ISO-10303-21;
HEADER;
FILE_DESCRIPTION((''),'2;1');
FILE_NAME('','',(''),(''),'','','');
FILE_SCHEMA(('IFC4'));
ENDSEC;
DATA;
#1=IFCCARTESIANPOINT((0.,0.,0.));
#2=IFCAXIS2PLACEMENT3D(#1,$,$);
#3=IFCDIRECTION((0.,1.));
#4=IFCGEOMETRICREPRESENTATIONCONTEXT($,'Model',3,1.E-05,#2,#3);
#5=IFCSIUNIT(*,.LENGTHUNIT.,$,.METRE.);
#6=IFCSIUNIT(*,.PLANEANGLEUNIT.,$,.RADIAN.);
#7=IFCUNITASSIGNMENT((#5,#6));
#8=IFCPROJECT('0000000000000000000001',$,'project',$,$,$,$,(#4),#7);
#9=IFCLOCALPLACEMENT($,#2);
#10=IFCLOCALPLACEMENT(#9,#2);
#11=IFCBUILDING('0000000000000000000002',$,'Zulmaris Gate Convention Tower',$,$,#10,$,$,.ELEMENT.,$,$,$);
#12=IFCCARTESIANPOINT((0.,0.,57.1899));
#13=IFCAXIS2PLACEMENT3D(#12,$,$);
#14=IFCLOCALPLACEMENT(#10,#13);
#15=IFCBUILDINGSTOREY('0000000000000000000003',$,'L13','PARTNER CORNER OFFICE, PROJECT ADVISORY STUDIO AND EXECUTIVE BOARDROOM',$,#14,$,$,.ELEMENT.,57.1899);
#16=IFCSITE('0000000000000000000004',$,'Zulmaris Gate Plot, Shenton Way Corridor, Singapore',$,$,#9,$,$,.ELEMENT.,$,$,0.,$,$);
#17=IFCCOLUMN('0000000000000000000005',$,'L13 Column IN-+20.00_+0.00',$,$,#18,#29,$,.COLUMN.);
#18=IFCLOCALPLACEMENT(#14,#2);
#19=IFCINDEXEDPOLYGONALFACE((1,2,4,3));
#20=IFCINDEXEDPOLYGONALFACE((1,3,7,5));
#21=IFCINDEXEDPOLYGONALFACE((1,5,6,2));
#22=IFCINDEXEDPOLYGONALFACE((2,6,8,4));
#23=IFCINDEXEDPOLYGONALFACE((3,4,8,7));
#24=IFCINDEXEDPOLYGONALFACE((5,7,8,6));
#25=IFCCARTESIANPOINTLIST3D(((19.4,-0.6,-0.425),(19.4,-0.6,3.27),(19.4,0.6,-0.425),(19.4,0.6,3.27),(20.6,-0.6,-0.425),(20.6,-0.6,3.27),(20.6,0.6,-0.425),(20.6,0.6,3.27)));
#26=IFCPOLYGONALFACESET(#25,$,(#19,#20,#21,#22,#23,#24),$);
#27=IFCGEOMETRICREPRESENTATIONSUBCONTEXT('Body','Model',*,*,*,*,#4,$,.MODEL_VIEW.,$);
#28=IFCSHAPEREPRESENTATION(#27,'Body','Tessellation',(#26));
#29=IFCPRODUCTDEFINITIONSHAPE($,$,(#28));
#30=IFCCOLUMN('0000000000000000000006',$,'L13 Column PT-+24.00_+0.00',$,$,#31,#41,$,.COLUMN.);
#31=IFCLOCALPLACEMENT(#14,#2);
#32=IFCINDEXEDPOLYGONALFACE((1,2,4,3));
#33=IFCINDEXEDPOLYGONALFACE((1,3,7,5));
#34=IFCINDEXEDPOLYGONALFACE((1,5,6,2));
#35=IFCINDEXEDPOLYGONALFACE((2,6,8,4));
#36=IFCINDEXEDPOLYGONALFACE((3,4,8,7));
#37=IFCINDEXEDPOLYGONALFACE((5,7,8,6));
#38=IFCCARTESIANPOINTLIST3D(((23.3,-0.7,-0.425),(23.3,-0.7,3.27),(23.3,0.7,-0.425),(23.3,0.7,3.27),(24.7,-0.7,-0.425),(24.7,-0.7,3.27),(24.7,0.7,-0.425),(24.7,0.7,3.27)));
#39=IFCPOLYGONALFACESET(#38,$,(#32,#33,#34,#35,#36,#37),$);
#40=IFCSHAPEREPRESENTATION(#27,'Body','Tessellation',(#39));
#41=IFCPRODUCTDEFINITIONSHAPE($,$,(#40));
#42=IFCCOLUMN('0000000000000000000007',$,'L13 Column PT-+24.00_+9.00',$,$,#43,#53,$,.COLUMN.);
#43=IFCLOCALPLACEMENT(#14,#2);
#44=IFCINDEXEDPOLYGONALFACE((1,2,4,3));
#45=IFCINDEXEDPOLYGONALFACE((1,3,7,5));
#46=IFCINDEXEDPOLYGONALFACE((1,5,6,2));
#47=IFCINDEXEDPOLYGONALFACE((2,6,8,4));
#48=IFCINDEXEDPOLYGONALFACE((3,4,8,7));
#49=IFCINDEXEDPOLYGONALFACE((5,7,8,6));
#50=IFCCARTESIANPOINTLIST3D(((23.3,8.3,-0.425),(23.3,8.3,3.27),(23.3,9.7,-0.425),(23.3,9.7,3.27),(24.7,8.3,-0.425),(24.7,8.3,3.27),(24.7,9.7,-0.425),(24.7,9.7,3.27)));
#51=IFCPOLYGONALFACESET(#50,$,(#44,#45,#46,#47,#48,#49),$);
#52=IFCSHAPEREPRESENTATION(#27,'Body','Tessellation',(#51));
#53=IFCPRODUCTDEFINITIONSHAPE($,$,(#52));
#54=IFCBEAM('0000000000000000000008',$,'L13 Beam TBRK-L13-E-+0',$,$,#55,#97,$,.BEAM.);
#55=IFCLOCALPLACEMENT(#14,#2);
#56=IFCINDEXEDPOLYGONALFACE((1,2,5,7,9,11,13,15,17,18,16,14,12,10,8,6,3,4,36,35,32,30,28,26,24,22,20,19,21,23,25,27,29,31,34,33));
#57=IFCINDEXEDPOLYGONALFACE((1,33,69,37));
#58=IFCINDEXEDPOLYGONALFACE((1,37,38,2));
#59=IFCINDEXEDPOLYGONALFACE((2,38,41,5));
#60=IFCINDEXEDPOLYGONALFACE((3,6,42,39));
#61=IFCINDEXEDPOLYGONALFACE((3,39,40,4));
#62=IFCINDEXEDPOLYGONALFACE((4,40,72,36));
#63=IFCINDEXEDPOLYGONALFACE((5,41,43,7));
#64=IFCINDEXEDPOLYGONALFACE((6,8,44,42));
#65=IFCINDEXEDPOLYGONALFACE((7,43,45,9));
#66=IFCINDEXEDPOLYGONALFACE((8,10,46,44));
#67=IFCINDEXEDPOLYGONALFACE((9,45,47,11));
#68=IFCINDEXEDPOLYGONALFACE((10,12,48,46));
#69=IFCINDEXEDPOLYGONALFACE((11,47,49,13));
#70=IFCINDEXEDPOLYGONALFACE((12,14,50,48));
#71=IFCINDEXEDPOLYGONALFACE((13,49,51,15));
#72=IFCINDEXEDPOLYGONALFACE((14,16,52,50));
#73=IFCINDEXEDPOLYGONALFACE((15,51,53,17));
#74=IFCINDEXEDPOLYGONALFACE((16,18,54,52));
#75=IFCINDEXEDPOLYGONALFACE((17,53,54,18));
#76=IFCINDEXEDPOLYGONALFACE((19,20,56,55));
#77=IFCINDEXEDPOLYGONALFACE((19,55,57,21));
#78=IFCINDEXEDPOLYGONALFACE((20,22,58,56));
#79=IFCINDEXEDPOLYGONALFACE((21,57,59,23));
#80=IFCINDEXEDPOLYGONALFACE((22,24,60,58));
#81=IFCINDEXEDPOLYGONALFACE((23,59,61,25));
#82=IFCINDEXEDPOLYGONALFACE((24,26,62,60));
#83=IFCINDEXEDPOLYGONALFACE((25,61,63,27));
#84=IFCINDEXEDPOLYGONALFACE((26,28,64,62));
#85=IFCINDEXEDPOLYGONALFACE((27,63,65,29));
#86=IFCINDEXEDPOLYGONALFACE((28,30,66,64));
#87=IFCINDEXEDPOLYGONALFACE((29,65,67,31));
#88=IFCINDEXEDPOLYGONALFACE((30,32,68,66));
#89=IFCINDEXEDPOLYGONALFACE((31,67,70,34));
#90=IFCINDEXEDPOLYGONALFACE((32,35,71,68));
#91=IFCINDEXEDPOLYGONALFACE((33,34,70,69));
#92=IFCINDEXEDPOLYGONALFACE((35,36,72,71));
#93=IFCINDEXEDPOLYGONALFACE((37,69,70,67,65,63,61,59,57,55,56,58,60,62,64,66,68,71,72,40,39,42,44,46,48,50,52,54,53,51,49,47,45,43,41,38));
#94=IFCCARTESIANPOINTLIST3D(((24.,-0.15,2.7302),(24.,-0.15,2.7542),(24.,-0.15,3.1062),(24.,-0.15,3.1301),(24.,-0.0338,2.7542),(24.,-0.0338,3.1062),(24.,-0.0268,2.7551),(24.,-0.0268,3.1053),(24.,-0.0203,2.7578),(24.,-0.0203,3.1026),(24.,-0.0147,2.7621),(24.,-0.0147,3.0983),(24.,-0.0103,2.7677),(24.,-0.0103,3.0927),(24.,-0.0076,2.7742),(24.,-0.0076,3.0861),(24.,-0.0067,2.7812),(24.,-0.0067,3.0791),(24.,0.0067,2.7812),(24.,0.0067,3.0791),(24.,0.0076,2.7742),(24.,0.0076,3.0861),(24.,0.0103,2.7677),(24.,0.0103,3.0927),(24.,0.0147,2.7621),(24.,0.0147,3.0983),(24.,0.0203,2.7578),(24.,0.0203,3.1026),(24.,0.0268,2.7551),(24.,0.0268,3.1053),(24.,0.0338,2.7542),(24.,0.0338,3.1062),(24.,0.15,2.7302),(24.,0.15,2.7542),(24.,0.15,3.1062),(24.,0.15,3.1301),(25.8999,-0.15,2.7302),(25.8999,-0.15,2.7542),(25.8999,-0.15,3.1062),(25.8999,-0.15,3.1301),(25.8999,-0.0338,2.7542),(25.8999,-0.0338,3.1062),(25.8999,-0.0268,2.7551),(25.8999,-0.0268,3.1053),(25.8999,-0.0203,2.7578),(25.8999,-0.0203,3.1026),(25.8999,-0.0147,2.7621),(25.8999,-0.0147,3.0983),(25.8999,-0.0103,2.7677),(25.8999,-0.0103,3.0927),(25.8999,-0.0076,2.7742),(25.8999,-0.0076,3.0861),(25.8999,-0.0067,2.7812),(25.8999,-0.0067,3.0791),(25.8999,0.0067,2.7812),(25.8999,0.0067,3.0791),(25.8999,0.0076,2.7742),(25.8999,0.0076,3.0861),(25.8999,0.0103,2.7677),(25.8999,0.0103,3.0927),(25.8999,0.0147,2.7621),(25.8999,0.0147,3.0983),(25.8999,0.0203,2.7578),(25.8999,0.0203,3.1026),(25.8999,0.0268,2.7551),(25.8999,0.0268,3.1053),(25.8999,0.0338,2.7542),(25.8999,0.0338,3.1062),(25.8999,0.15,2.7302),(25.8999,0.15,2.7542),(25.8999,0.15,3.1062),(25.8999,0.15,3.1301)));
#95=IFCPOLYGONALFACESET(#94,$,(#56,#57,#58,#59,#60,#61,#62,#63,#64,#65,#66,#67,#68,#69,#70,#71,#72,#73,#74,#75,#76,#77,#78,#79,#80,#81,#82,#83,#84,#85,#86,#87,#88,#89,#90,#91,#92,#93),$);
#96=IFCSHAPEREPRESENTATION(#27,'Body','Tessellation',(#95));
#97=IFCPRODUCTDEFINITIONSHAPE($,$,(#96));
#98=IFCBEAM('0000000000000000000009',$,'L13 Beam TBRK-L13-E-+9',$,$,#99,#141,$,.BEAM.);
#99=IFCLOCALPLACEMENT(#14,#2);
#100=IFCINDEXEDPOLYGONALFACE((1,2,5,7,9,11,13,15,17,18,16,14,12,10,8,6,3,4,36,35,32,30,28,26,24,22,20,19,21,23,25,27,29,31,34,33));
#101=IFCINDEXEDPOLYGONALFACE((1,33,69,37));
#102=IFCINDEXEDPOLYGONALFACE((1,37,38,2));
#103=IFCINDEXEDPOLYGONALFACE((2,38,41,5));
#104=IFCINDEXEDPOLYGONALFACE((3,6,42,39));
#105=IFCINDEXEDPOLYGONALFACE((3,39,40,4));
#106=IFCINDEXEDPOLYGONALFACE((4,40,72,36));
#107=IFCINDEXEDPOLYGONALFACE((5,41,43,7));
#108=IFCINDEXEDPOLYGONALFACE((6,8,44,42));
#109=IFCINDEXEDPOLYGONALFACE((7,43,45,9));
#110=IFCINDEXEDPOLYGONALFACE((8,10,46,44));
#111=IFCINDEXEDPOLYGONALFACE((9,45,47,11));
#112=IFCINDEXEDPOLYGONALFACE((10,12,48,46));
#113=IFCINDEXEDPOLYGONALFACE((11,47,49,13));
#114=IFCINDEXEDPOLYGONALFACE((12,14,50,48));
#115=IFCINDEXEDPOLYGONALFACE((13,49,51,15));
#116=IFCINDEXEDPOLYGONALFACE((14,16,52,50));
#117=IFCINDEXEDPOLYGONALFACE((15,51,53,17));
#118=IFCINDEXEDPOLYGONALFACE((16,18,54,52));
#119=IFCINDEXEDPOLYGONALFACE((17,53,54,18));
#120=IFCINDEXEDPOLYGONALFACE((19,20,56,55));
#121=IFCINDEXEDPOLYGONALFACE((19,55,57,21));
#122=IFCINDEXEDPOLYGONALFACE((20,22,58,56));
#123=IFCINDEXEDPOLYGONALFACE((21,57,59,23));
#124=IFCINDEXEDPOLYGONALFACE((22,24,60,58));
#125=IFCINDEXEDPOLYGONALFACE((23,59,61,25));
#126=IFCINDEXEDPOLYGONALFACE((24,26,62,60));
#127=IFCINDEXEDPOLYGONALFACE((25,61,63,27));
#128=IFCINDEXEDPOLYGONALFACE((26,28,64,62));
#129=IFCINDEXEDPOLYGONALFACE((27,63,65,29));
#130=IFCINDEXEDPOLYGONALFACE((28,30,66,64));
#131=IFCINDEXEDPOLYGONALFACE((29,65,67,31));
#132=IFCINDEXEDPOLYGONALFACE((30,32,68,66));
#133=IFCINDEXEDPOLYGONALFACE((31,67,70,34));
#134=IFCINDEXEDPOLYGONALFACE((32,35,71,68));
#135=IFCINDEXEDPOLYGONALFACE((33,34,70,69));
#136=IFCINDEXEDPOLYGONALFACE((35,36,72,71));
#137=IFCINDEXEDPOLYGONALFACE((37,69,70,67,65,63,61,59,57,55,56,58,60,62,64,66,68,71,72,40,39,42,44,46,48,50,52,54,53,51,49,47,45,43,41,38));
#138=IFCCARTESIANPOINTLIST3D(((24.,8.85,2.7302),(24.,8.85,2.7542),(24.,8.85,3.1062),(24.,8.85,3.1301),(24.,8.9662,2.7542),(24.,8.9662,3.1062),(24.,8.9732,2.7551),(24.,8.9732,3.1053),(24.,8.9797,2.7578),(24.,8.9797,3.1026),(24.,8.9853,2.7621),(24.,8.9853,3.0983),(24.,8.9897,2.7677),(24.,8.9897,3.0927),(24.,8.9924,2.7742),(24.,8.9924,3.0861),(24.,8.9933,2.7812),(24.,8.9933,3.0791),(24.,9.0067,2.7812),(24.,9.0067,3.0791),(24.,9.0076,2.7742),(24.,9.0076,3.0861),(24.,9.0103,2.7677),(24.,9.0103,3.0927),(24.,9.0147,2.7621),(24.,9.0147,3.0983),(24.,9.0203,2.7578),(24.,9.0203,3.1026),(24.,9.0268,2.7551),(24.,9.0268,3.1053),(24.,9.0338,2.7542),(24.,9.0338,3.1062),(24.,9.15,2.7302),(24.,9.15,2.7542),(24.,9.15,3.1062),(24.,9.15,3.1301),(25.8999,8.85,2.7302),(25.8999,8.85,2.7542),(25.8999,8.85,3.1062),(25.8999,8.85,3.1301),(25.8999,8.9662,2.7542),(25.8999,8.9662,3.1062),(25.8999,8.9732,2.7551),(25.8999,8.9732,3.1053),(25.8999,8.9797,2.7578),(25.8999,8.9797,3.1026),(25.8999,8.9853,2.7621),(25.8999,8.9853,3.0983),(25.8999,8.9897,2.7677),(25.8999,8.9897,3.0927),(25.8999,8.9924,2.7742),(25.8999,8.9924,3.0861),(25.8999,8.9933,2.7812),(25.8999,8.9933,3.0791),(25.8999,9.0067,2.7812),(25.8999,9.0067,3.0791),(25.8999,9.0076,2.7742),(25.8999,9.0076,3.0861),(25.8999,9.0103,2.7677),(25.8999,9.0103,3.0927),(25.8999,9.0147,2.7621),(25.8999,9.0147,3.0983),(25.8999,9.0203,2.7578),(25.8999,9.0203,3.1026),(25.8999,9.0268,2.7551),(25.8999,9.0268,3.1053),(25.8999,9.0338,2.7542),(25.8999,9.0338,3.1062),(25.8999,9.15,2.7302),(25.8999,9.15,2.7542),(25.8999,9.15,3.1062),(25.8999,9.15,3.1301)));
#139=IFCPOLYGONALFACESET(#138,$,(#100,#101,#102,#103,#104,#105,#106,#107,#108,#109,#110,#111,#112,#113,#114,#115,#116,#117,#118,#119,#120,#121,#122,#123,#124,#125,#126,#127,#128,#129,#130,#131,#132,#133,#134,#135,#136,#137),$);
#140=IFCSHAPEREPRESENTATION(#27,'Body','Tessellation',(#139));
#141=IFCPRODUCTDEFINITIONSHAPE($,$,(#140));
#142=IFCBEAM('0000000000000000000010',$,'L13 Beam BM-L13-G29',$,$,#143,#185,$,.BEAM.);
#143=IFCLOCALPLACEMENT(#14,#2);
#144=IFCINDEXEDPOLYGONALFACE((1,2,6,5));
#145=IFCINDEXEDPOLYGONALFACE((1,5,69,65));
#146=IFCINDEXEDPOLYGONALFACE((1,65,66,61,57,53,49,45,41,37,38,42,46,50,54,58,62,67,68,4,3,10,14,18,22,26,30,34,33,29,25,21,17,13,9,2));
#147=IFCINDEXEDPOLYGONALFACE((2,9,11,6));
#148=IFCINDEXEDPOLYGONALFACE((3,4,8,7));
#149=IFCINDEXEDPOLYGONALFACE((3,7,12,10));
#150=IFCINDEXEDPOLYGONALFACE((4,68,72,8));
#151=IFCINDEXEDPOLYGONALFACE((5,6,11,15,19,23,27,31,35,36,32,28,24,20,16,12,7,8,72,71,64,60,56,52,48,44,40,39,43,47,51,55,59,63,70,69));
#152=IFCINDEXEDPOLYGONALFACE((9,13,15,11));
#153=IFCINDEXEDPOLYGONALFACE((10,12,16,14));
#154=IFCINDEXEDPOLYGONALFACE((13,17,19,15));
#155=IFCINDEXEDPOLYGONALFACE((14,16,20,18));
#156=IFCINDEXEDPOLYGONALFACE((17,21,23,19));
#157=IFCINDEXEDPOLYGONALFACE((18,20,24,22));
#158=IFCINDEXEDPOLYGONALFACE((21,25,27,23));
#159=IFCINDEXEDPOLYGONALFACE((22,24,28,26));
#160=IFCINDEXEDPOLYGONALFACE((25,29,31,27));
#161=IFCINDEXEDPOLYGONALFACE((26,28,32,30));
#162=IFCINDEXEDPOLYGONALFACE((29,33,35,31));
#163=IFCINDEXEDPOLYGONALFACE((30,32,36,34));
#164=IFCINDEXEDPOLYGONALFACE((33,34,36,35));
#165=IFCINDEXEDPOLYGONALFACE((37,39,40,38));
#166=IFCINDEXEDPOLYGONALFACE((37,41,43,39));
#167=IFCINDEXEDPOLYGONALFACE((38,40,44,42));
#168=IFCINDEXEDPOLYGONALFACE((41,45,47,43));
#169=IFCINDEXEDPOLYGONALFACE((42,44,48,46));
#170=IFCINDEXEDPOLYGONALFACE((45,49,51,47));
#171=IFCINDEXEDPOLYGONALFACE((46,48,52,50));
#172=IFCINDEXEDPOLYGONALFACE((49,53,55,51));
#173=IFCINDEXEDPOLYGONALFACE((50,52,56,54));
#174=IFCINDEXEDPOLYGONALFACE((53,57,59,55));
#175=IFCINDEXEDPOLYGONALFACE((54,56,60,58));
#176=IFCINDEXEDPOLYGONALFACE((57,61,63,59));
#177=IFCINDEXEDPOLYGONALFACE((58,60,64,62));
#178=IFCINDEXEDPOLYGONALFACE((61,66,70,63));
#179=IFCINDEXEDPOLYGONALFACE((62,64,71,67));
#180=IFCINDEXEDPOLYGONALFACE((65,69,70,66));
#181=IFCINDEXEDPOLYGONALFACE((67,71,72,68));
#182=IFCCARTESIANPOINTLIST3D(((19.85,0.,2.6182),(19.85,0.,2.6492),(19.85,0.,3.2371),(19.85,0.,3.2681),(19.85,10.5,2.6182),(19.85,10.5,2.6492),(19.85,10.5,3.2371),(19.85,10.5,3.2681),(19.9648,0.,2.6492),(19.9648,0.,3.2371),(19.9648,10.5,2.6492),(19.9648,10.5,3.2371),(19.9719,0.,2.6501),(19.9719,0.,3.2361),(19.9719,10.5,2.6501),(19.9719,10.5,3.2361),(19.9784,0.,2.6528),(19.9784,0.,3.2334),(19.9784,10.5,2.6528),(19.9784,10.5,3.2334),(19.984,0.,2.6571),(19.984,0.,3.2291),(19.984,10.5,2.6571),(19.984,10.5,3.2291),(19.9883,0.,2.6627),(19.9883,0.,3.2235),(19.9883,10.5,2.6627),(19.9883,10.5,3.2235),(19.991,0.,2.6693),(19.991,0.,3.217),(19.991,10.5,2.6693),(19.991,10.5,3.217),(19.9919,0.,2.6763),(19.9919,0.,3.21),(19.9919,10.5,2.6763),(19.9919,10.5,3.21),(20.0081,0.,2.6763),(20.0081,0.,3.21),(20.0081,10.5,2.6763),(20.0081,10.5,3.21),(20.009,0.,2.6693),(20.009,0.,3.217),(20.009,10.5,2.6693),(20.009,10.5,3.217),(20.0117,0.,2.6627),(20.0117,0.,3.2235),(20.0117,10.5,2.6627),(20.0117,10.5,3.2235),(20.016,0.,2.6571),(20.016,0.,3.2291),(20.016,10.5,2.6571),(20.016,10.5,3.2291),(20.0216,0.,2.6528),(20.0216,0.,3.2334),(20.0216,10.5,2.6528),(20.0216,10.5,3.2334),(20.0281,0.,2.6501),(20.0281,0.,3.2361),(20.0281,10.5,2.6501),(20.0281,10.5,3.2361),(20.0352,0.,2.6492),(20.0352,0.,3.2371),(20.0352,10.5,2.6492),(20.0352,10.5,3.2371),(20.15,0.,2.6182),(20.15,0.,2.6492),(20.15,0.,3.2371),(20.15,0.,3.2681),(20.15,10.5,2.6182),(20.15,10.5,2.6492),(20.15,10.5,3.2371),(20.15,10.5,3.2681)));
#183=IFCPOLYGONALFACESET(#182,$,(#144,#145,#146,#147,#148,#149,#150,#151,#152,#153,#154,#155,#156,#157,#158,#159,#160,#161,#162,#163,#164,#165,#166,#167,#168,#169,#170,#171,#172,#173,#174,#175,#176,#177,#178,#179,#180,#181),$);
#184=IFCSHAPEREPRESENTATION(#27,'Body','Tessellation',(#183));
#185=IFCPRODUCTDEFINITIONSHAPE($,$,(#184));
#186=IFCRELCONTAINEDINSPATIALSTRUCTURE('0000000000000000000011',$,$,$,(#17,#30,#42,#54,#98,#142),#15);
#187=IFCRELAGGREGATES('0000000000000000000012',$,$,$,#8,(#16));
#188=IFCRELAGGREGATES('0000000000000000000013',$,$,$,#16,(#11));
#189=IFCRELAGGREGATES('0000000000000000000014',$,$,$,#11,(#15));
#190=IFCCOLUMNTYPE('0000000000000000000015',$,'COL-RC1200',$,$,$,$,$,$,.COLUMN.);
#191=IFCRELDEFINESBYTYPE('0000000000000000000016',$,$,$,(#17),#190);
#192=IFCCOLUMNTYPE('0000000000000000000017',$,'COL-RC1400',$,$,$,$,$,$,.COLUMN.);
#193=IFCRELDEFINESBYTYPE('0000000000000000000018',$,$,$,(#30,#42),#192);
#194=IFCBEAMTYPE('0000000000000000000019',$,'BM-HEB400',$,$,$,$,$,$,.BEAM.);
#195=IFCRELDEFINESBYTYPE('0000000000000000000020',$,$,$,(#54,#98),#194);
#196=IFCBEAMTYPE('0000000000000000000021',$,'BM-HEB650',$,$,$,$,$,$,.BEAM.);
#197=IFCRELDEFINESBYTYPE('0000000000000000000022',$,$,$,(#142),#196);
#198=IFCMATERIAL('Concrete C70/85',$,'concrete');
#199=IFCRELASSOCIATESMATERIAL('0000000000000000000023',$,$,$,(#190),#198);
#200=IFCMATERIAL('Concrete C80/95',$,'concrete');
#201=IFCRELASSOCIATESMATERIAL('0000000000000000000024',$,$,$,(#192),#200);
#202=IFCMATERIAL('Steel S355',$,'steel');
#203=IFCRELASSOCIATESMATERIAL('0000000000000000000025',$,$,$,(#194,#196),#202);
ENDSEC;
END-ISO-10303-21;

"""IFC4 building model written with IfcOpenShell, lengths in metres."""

from ifc_helpers import new_model, si_unit, direction, frame, origin, origin_2d, place, context, subcontext, project, spatial, rectangle, i_section, extrude, material, material_profile, profile_set, type_object, element, save


model = new_model("IFC4")

# Units and contexts
model_context = context("Model", 3, precision=1e-05, world=origin(), true_north=direction((0.0, 1.0)))
body_context = subcontext(model_context, "Body", "Model", "MODEL_VIEW")
ifc_project = project(units=[si_unit("LENGTHUNIT", "METRE"), si_unit("PLANEANGLEUNIT", "RADIAN")], contexts=[model_context])

# Site, building, storey
site_placement = place(None, origin())
site = spatial("IfcSite", under=ifc_project, at=site_placement, Name="Zulmaris Gate Plot, Shenton Way Corridor, Singapore", CompositionType="ELEMENT", RefElevation=0.0)
building_placement = place(site_placement, origin())
building = spatial("IfcBuilding", under=site, at=building_placement, Name="Zulmaris Gate Convention Tower", CompositionType="ELEMENT")
storey_placement = place(building_placement, frame((0.0, 0.0, 57.1899)))
storey = spatial("IfcBuildingStorey", under=building, at=storey_placement, Name="L13", Description="PARTNER CORNER OFFICE, PROJECT ADVISORY STUDIO AND EXECUTIVE BOARDROOM", CompositionType="ELEMENT", Elevation=57.1899)

# Columns
ifc_material_1 = material(Name="Concrete C70/85", Category="concrete")
ifc_material_profile_1 = material_profile(ifc_material_1, rectangle(XDim=1.2, YDim=1.2, at=origin_2d()), Name="RC COL 1200x1200")
ifc_profile_set_1 = profile_set([ifc_material_profile_1], Name="Concrete C70/85")
column_type_1 = type_object("IfcColumnType", Name="COL-RC1200", PredefinedType="COLUMN", material=ifc_profile_set_1)
column_placement = place(storey_placement, frame((20.0, 0.0, -0.425), z_axis=(0.0, 0.0, 1.0), x_axis=(1.0, 0.0, 0.0)))
element("IfcColumn", 1, at=column_placement, inside=storey, type_object=column_type_1, Name="L13 Column IN-+20.00_+0.00", PredefinedType="COLUMN", context=body_context, shape_type="SweptSolid", body=[
    extrude(rectangle(XDim=1.2, YDim=1.2, at=origin_2d()), origin(), (0.0, 0.0, 1.0), 3.6951),
])
ifc_material_2 = material(Name="Concrete C80/95", Category="concrete")
ifc_material_profile_2 = material_profile(ifc_material_2, rectangle(XDim=1.3999, YDim=1.3999, at=origin_2d()), Name="RC COL 1400x1400")
ifc_profile_set_2 = profile_set([ifc_material_profile_2], Name="Concrete C80/95")
column_type_2 = type_object("IfcColumnType", Name="COL-RC1400", PredefinedType="COLUMN", material=ifc_profile_set_2)
for number, where, z_axis, x_axis, name in (
    (2, (24.0, 0.0, -0.425), (0.0, 0.0, 1.0), (1.0, 0.0, 0.0), "L13 Column PT-+24.00_+0.00"),
    (3, (24.0, 9.0, -0.425), (0.0, 0.0, 1.0), (1.0, 0.0, 0.0), "L13 Column PT-+24.00_+9.00"),
):
    element("IfcColumn", number, at=place(storey_placement, frame(where, z_axis=z_axis, x_axis=x_axis)), inside=storey, type_object=column_type_2, Name=name, PredefinedType="COLUMN", context=body_context, shape_type="SweptSolid", body=[
        extrude(rectangle(XDim=1.3999, YDim=1.3999, at=origin_2d()), origin(), (0.0, 0.0, 1.0), 3.6951),
    ])

# Beams
ifc_material_3 = material(Name="Steel S355", Category="steel")
ifc_material_profile_3 = material_profile(ifc_material_3, i_section(OverallWidth=0.3, OverallDepth=0.3999, WebThickness=0.0134, FlangeThickness=0.0239, FilletRadius=0.0271, at=origin_2d()), Name="HEB 400")
ifc_profile_set_3 = profile_set([ifc_material_profile_3], Name="Steel S355")
beam_type_1 = type_object("IfcBeamType", Name="BM-HEB400", PredefinedType="BEAM", material=ifc_profile_set_3)
for number, where, z_axis, x_axis, name in (
    (4, (24.0, 0.0, 2.9302), (1.0, 0.0, 0.0), (0.0, 1.0, 0.0), "L13 Beam TBRK-L13-E-+0"),
    (5, (24.0, 9.0, 2.9302), (1.0, 0.0, 0.0), (0.0, 1.0, 0.0), "L13 Beam TBRK-L13-E-+9"),
):
    element("IfcBeam", number, at=place(storey_placement, frame(where, z_axis=z_axis, x_axis=x_axis)), inside=storey, type_object=beam_type_1, Name=name, PredefinedType="BEAM", context=body_context, shape_type="SweptSolid", body=[
        extrude(i_section(OverallWidth=0.3, OverallDepth=0.3999, WebThickness=0.0134, FlangeThickness=0.0239, FilletRadius=0.0271, at=origin_2d()), origin(), (0.0, 0.0, 1.0), 1.8999),
    ])
ifc_material_profile_4 = material_profile(ifc_material_3, i_section(OverallWidth=0.3, OverallDepth=0.6499, WebThickness=0.0161, FlangeThickness=0.031, FilletRadius=0.0271, at=origin_2d()), Name="HEB 650")
ifc_profile_set_4 = profile_set([ifc_material_profile_4], Name="Steel S355")
beam_type_2 = type_object("IfcBeamType", Name="BM-HEB650", PredefinedType="BEAM", material=ifc_profile_set_4)
beam_1_placement = place(storey_placement, frame((20.0, 0.0, 2.9431), z_axis=(0.0, 1.0, 0.0), x_axis=(-1.0, 0.0, 0.0)))
element("IfcBeam", 6, at=beam_1_placement, inside=storey, type_object=beam_type_2, Name="L13 Beam BM-L13-G29", PredefinedType="BEAM", context=body_context, shape_type="SweptSolid", body=[
    extrude(i_section(OverallWidth=0.3, OverallDepth=0.6499, WebThickness=0.0161, FlangeThickness=0.031, FilletRadius=0.0271, at=origin_2d()), origin(), (0.0, 0.0, 1.0), 10.5),
])

save(model, "model.ifc")
